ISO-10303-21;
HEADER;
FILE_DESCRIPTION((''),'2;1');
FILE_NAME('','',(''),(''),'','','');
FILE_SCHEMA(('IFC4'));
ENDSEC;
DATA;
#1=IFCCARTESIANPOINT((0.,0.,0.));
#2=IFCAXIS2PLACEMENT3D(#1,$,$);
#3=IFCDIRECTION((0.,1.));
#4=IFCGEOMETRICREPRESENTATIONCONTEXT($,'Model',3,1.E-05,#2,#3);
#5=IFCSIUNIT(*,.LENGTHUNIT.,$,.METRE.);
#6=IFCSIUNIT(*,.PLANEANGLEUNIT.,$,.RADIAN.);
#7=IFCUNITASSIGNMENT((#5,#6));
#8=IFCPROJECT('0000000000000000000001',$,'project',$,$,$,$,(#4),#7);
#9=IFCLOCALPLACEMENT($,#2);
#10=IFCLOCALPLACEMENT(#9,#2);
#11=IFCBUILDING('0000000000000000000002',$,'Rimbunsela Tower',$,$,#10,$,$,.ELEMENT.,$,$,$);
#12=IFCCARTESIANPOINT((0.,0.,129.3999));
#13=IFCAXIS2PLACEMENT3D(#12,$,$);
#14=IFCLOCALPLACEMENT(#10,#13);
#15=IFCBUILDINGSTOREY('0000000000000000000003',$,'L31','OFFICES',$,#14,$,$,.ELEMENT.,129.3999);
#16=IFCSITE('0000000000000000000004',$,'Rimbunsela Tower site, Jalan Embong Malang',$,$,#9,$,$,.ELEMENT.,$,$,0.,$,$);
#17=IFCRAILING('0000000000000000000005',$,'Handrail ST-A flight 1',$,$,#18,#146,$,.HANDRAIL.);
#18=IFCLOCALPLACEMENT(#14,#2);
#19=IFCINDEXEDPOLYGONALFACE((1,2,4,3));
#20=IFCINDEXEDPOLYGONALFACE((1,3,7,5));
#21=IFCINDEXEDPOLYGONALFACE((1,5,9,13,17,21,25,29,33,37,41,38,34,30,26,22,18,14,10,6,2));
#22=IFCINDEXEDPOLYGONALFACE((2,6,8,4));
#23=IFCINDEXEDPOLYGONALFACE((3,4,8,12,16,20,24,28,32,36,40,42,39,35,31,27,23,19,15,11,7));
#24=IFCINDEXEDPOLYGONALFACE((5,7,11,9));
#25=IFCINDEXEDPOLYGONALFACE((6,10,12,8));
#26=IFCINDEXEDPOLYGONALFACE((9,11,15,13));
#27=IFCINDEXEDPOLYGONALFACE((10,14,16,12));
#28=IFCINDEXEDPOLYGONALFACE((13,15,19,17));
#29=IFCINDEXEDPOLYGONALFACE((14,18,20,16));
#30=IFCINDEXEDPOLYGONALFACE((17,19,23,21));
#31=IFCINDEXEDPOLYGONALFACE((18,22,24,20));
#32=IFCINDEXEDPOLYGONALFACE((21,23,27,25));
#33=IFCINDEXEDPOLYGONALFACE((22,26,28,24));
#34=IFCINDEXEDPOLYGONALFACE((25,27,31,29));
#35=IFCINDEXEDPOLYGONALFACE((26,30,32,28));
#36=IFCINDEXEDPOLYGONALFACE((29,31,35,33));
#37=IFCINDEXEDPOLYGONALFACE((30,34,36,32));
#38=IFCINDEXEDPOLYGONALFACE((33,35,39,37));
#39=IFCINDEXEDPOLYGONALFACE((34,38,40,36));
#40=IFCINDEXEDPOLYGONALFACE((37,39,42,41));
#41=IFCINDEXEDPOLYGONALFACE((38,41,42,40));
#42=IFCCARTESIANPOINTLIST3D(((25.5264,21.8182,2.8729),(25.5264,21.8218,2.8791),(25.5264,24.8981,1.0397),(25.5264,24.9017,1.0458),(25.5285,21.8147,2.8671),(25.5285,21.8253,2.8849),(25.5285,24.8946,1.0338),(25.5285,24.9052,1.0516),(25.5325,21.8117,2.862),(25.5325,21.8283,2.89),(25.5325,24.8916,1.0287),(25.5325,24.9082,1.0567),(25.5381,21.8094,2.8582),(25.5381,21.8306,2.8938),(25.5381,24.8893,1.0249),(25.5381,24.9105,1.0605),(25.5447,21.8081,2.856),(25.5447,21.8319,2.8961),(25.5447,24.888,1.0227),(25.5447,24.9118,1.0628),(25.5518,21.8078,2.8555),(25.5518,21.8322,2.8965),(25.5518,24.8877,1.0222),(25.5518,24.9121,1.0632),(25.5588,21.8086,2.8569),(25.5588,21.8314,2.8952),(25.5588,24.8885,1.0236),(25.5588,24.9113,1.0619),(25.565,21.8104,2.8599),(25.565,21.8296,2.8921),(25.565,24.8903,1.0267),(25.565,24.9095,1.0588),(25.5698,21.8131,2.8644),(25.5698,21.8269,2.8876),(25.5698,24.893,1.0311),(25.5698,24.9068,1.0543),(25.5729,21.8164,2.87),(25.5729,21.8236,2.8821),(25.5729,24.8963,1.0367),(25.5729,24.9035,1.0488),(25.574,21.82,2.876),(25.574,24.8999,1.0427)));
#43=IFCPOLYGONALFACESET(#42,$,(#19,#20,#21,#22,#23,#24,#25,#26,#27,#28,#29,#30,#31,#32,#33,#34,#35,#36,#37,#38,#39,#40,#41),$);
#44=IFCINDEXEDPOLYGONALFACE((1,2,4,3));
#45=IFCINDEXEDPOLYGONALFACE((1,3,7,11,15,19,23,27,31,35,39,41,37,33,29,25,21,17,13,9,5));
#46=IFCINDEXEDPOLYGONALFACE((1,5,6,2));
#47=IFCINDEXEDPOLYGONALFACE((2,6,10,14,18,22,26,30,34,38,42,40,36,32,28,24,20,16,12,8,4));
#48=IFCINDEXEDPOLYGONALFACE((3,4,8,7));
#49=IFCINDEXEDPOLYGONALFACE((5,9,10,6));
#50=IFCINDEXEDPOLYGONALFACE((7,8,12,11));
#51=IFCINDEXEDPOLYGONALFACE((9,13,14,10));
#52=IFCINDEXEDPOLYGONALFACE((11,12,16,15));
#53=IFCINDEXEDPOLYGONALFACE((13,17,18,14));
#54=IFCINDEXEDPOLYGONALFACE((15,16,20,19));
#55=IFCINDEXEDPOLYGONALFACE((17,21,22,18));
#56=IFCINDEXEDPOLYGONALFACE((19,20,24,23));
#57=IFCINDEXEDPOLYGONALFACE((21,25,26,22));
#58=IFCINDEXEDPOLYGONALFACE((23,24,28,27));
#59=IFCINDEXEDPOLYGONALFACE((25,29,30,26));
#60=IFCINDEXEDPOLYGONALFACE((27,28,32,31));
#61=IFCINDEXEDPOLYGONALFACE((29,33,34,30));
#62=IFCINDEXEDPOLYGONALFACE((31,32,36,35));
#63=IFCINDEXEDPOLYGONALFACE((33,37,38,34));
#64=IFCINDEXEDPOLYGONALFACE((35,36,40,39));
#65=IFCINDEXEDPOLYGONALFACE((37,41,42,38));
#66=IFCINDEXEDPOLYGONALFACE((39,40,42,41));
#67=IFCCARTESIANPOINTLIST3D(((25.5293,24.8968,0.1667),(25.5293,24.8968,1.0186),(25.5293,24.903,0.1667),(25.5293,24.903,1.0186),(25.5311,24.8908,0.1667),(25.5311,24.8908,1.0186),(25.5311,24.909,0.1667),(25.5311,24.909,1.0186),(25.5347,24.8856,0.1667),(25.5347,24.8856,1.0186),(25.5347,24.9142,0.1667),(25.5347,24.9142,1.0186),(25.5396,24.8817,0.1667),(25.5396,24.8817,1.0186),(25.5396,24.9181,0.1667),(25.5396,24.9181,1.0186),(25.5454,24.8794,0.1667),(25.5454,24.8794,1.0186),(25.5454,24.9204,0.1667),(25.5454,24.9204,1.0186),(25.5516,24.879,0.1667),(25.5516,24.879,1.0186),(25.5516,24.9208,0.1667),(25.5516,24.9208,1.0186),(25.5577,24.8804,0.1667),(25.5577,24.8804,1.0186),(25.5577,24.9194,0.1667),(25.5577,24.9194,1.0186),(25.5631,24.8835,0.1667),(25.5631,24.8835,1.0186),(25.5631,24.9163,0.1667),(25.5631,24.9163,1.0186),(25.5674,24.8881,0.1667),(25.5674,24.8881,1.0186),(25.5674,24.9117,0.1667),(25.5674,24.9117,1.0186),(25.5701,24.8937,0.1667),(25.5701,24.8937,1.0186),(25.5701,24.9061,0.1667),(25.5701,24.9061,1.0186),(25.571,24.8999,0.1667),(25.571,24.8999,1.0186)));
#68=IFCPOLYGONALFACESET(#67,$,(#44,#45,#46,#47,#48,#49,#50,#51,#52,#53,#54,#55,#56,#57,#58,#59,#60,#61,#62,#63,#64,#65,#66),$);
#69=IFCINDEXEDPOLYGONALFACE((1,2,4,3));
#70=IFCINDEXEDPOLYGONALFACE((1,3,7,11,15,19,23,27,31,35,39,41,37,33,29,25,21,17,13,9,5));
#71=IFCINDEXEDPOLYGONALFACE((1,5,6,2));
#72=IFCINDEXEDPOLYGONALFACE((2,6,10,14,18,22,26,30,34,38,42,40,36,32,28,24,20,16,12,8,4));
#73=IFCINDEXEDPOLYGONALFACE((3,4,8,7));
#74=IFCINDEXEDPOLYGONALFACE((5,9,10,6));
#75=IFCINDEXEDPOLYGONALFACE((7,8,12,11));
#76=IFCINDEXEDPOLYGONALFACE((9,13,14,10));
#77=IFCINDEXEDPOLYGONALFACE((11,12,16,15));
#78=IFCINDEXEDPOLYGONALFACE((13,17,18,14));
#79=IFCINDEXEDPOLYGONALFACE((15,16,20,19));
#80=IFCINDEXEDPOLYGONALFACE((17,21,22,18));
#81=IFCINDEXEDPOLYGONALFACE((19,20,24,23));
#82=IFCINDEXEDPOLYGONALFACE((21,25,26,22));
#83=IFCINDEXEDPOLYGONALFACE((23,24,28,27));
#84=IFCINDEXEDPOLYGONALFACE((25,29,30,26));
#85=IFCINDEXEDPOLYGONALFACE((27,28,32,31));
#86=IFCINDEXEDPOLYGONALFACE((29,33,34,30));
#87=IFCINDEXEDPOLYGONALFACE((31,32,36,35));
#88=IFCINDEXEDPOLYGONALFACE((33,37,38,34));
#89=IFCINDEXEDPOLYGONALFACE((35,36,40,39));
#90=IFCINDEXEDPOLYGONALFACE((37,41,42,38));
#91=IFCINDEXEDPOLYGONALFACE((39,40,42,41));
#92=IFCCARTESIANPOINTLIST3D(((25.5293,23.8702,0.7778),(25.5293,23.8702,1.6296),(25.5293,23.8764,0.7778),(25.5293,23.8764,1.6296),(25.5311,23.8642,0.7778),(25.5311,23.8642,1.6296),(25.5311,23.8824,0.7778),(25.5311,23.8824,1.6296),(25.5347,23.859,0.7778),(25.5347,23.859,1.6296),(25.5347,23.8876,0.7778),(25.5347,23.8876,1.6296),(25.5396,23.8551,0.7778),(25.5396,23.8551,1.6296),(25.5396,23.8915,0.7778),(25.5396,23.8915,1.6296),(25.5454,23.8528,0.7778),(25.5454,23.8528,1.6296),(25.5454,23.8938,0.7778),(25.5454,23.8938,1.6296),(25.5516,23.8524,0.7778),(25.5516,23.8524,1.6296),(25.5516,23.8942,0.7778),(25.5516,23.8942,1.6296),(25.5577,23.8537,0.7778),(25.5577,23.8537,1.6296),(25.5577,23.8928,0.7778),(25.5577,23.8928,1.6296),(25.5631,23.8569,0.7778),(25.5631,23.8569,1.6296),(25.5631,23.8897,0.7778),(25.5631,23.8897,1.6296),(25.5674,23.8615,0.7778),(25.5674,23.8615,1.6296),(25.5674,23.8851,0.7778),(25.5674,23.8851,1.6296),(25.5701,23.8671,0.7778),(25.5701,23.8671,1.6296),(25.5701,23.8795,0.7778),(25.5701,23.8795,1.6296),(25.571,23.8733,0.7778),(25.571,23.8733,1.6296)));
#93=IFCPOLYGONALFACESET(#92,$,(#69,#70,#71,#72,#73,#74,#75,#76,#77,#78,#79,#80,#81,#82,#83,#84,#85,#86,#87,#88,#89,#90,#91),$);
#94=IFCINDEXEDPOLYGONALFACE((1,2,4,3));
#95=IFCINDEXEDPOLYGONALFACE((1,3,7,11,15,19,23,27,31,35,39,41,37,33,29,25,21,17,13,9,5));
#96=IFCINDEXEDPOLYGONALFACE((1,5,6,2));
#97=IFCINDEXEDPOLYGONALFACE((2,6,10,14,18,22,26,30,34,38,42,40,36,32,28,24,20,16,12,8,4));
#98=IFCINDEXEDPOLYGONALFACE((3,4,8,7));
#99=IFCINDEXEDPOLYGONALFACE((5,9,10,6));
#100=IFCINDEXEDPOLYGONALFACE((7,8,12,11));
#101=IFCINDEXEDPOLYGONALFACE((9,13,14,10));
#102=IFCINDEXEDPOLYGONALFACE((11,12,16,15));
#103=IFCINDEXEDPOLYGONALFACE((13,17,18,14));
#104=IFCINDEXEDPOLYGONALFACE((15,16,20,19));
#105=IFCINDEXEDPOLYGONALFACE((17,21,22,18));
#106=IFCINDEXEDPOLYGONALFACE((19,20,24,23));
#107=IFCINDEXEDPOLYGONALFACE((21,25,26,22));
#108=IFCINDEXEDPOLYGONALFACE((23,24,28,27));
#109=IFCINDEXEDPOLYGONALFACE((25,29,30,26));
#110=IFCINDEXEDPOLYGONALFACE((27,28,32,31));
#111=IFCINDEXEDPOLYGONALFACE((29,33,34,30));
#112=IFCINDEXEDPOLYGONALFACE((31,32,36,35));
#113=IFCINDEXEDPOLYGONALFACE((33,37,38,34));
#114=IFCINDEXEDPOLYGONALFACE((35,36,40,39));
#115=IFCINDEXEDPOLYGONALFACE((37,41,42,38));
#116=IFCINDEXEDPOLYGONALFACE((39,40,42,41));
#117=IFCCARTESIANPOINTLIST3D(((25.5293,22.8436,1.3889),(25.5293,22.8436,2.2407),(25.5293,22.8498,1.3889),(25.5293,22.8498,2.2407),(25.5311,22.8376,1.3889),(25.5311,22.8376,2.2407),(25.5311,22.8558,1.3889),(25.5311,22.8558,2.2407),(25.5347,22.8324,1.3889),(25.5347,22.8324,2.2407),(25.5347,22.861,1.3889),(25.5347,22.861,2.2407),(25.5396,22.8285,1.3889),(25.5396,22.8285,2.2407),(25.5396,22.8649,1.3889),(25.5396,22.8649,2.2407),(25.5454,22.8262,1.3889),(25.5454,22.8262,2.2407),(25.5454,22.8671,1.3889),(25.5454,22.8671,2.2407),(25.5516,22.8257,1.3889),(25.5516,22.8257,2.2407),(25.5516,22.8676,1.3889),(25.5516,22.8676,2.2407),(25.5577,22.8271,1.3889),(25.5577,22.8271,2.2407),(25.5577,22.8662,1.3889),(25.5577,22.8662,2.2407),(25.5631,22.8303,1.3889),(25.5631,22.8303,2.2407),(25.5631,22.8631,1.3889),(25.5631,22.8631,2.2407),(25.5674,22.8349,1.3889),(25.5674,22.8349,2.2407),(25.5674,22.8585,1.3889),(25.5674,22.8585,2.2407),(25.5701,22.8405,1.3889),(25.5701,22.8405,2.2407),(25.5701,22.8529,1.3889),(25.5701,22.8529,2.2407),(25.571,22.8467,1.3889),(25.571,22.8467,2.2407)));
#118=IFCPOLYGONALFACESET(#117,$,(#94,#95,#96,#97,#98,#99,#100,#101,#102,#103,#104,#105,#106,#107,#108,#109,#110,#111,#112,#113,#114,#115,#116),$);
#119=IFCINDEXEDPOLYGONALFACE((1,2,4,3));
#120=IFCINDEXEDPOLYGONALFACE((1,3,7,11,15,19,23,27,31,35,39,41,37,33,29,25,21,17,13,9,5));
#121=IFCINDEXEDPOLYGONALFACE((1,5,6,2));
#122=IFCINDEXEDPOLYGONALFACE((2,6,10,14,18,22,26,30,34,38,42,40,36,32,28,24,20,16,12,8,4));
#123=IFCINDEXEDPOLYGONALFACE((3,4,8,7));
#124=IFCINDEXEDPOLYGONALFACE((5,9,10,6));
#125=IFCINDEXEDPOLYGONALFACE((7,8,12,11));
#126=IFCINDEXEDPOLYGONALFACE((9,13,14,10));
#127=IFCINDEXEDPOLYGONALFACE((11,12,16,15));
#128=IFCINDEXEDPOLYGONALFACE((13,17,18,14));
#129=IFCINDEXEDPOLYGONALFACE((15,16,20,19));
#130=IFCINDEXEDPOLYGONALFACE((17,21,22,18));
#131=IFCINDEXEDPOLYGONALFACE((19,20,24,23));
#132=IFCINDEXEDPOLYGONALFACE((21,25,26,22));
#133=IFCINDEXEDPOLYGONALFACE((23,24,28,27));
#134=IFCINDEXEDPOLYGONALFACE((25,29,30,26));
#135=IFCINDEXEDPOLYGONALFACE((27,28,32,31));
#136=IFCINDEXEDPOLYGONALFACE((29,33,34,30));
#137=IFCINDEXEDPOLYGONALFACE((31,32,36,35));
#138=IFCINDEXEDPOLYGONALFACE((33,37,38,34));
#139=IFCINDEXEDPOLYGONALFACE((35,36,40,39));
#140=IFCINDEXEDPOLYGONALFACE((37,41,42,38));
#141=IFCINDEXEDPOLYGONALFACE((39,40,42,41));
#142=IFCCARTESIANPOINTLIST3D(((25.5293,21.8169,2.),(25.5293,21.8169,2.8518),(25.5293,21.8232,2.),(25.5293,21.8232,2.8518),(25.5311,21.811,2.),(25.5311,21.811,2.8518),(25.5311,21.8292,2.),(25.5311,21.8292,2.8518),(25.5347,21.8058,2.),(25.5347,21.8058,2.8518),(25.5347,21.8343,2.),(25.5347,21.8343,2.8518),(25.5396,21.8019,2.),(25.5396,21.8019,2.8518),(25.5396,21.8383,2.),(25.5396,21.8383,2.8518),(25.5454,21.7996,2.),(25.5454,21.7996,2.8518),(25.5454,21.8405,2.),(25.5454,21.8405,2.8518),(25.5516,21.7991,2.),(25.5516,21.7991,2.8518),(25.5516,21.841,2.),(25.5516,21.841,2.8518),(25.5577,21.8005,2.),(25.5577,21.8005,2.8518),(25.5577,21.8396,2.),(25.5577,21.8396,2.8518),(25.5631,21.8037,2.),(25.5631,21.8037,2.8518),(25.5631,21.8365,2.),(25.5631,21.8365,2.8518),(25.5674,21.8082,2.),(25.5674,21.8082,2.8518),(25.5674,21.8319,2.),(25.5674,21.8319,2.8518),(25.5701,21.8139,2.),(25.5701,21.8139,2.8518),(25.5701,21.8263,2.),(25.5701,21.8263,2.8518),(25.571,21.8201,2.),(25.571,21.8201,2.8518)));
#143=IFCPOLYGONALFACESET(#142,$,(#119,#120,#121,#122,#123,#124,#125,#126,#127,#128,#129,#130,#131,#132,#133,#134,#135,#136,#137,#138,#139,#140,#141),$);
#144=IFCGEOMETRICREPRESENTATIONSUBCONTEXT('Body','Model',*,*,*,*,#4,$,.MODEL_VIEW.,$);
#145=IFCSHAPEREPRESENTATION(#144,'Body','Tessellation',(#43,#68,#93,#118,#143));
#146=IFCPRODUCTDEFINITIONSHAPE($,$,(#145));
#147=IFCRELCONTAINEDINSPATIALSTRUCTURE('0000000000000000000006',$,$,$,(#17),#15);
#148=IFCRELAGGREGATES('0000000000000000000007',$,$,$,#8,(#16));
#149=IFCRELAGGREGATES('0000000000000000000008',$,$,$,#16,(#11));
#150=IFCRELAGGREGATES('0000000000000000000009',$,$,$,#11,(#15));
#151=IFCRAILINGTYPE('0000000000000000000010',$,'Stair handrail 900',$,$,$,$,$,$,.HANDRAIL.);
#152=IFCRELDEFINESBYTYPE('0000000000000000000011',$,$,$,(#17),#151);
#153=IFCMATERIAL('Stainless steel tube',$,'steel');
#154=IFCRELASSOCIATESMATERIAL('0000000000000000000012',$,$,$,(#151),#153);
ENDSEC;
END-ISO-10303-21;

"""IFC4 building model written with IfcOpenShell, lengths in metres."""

from ifc_helpers import new_model, si_unit, direction, frame, origin, origin_2d, place, context, subcontext, project, spatial, circle, extrude, material, type_object, element, save


model = new_model("IFC4")

# Units and contexts
model_context = context("Model", 3, precision=1e-05, world=origin(), true_north=direction((0.0, 1.0)))
body_context = subcontext(model_context, "Body", "Model", "MODEL_VIEW")
ifc_project = project(units=[si_unit("LENGTHUNIT", "METRE"), si_unit("PLANEANGLEUNIT", "RADIAN")], contexts=[model_context])

# Site, building, storey
site_placement = place(None, origin())
site = spatial("IfcSite", under=ifc_project, at=site_placement, Name="Rimbunsela Tower site, Jalan Embong Malang", CompositionType="ELEMENT", RefElevation=0.0)
building_placement = place(site_placement, origin())
building = spatial("IfcBuilding", under=site, at=building_placement, Name="Rimbunsela Tower", CompositionType="ELEMENT")
storey_placement = place(building_placement, frame((0.0, 0.0, 129.3999)))
storey = spatial("IfcBuildingStorey", under=building, at=storey_placement, Name="L31", Description="OFFICES", CompositionType="ELEMENT", Elevation=129.3999)

# Railing
ifc_material_1 = material(Name="Stainless steel tube", Category="steel")
railing_type = type_object("IfcRailingType", Name="Stair handrail 900", PredefinedType="HANDRAIL", material=ifc_material_1)
railing_1_placement = place(storey_placement, frame((25.55, 24.8999, 0.1667)))
element("IfcRailing", 1, at=railing_1_placement, inside=storey, type_object=railing_type, Name="Handrail ST-A flight 1", PredefinedType="HANDRAIL", context=body_context, shape_type="SweptSolid", body=[
    extrude(circle(Radius=0.0239, at=origin_2d()), frame((0.0, 0.0, 0.876), z_axis=(0.0, -0.859291, 0.511487), x_axis=(1.0, 0.0, 0.0)), (0.0, 0.0, 1.0), 3.5842),
    extrude(circle(Radius=0.021, at=origin_2d()), origin(), (0.0, 0.0, 1.0), 0.8518),
    extrude(circle(Radius=0.021, at=origin_2d()), frame((0.0, -1.0266, 0.6111)), (0.0, 0.0, 1.0), 0.8518),
    extrude(circle(Radius=0.021, at=origin_2d()), frame((0.0, -2.0532, 1.2222)), (0.0, 0.0, 1.0), 0.8518),
    extrude(circle(Radius=0.021, at=origin_2d()), frame((0.0, -3.0798, 1.8333)), (0.0, 0.0, 1.0), 0.8518),
])

save(model, "model.ifc")
